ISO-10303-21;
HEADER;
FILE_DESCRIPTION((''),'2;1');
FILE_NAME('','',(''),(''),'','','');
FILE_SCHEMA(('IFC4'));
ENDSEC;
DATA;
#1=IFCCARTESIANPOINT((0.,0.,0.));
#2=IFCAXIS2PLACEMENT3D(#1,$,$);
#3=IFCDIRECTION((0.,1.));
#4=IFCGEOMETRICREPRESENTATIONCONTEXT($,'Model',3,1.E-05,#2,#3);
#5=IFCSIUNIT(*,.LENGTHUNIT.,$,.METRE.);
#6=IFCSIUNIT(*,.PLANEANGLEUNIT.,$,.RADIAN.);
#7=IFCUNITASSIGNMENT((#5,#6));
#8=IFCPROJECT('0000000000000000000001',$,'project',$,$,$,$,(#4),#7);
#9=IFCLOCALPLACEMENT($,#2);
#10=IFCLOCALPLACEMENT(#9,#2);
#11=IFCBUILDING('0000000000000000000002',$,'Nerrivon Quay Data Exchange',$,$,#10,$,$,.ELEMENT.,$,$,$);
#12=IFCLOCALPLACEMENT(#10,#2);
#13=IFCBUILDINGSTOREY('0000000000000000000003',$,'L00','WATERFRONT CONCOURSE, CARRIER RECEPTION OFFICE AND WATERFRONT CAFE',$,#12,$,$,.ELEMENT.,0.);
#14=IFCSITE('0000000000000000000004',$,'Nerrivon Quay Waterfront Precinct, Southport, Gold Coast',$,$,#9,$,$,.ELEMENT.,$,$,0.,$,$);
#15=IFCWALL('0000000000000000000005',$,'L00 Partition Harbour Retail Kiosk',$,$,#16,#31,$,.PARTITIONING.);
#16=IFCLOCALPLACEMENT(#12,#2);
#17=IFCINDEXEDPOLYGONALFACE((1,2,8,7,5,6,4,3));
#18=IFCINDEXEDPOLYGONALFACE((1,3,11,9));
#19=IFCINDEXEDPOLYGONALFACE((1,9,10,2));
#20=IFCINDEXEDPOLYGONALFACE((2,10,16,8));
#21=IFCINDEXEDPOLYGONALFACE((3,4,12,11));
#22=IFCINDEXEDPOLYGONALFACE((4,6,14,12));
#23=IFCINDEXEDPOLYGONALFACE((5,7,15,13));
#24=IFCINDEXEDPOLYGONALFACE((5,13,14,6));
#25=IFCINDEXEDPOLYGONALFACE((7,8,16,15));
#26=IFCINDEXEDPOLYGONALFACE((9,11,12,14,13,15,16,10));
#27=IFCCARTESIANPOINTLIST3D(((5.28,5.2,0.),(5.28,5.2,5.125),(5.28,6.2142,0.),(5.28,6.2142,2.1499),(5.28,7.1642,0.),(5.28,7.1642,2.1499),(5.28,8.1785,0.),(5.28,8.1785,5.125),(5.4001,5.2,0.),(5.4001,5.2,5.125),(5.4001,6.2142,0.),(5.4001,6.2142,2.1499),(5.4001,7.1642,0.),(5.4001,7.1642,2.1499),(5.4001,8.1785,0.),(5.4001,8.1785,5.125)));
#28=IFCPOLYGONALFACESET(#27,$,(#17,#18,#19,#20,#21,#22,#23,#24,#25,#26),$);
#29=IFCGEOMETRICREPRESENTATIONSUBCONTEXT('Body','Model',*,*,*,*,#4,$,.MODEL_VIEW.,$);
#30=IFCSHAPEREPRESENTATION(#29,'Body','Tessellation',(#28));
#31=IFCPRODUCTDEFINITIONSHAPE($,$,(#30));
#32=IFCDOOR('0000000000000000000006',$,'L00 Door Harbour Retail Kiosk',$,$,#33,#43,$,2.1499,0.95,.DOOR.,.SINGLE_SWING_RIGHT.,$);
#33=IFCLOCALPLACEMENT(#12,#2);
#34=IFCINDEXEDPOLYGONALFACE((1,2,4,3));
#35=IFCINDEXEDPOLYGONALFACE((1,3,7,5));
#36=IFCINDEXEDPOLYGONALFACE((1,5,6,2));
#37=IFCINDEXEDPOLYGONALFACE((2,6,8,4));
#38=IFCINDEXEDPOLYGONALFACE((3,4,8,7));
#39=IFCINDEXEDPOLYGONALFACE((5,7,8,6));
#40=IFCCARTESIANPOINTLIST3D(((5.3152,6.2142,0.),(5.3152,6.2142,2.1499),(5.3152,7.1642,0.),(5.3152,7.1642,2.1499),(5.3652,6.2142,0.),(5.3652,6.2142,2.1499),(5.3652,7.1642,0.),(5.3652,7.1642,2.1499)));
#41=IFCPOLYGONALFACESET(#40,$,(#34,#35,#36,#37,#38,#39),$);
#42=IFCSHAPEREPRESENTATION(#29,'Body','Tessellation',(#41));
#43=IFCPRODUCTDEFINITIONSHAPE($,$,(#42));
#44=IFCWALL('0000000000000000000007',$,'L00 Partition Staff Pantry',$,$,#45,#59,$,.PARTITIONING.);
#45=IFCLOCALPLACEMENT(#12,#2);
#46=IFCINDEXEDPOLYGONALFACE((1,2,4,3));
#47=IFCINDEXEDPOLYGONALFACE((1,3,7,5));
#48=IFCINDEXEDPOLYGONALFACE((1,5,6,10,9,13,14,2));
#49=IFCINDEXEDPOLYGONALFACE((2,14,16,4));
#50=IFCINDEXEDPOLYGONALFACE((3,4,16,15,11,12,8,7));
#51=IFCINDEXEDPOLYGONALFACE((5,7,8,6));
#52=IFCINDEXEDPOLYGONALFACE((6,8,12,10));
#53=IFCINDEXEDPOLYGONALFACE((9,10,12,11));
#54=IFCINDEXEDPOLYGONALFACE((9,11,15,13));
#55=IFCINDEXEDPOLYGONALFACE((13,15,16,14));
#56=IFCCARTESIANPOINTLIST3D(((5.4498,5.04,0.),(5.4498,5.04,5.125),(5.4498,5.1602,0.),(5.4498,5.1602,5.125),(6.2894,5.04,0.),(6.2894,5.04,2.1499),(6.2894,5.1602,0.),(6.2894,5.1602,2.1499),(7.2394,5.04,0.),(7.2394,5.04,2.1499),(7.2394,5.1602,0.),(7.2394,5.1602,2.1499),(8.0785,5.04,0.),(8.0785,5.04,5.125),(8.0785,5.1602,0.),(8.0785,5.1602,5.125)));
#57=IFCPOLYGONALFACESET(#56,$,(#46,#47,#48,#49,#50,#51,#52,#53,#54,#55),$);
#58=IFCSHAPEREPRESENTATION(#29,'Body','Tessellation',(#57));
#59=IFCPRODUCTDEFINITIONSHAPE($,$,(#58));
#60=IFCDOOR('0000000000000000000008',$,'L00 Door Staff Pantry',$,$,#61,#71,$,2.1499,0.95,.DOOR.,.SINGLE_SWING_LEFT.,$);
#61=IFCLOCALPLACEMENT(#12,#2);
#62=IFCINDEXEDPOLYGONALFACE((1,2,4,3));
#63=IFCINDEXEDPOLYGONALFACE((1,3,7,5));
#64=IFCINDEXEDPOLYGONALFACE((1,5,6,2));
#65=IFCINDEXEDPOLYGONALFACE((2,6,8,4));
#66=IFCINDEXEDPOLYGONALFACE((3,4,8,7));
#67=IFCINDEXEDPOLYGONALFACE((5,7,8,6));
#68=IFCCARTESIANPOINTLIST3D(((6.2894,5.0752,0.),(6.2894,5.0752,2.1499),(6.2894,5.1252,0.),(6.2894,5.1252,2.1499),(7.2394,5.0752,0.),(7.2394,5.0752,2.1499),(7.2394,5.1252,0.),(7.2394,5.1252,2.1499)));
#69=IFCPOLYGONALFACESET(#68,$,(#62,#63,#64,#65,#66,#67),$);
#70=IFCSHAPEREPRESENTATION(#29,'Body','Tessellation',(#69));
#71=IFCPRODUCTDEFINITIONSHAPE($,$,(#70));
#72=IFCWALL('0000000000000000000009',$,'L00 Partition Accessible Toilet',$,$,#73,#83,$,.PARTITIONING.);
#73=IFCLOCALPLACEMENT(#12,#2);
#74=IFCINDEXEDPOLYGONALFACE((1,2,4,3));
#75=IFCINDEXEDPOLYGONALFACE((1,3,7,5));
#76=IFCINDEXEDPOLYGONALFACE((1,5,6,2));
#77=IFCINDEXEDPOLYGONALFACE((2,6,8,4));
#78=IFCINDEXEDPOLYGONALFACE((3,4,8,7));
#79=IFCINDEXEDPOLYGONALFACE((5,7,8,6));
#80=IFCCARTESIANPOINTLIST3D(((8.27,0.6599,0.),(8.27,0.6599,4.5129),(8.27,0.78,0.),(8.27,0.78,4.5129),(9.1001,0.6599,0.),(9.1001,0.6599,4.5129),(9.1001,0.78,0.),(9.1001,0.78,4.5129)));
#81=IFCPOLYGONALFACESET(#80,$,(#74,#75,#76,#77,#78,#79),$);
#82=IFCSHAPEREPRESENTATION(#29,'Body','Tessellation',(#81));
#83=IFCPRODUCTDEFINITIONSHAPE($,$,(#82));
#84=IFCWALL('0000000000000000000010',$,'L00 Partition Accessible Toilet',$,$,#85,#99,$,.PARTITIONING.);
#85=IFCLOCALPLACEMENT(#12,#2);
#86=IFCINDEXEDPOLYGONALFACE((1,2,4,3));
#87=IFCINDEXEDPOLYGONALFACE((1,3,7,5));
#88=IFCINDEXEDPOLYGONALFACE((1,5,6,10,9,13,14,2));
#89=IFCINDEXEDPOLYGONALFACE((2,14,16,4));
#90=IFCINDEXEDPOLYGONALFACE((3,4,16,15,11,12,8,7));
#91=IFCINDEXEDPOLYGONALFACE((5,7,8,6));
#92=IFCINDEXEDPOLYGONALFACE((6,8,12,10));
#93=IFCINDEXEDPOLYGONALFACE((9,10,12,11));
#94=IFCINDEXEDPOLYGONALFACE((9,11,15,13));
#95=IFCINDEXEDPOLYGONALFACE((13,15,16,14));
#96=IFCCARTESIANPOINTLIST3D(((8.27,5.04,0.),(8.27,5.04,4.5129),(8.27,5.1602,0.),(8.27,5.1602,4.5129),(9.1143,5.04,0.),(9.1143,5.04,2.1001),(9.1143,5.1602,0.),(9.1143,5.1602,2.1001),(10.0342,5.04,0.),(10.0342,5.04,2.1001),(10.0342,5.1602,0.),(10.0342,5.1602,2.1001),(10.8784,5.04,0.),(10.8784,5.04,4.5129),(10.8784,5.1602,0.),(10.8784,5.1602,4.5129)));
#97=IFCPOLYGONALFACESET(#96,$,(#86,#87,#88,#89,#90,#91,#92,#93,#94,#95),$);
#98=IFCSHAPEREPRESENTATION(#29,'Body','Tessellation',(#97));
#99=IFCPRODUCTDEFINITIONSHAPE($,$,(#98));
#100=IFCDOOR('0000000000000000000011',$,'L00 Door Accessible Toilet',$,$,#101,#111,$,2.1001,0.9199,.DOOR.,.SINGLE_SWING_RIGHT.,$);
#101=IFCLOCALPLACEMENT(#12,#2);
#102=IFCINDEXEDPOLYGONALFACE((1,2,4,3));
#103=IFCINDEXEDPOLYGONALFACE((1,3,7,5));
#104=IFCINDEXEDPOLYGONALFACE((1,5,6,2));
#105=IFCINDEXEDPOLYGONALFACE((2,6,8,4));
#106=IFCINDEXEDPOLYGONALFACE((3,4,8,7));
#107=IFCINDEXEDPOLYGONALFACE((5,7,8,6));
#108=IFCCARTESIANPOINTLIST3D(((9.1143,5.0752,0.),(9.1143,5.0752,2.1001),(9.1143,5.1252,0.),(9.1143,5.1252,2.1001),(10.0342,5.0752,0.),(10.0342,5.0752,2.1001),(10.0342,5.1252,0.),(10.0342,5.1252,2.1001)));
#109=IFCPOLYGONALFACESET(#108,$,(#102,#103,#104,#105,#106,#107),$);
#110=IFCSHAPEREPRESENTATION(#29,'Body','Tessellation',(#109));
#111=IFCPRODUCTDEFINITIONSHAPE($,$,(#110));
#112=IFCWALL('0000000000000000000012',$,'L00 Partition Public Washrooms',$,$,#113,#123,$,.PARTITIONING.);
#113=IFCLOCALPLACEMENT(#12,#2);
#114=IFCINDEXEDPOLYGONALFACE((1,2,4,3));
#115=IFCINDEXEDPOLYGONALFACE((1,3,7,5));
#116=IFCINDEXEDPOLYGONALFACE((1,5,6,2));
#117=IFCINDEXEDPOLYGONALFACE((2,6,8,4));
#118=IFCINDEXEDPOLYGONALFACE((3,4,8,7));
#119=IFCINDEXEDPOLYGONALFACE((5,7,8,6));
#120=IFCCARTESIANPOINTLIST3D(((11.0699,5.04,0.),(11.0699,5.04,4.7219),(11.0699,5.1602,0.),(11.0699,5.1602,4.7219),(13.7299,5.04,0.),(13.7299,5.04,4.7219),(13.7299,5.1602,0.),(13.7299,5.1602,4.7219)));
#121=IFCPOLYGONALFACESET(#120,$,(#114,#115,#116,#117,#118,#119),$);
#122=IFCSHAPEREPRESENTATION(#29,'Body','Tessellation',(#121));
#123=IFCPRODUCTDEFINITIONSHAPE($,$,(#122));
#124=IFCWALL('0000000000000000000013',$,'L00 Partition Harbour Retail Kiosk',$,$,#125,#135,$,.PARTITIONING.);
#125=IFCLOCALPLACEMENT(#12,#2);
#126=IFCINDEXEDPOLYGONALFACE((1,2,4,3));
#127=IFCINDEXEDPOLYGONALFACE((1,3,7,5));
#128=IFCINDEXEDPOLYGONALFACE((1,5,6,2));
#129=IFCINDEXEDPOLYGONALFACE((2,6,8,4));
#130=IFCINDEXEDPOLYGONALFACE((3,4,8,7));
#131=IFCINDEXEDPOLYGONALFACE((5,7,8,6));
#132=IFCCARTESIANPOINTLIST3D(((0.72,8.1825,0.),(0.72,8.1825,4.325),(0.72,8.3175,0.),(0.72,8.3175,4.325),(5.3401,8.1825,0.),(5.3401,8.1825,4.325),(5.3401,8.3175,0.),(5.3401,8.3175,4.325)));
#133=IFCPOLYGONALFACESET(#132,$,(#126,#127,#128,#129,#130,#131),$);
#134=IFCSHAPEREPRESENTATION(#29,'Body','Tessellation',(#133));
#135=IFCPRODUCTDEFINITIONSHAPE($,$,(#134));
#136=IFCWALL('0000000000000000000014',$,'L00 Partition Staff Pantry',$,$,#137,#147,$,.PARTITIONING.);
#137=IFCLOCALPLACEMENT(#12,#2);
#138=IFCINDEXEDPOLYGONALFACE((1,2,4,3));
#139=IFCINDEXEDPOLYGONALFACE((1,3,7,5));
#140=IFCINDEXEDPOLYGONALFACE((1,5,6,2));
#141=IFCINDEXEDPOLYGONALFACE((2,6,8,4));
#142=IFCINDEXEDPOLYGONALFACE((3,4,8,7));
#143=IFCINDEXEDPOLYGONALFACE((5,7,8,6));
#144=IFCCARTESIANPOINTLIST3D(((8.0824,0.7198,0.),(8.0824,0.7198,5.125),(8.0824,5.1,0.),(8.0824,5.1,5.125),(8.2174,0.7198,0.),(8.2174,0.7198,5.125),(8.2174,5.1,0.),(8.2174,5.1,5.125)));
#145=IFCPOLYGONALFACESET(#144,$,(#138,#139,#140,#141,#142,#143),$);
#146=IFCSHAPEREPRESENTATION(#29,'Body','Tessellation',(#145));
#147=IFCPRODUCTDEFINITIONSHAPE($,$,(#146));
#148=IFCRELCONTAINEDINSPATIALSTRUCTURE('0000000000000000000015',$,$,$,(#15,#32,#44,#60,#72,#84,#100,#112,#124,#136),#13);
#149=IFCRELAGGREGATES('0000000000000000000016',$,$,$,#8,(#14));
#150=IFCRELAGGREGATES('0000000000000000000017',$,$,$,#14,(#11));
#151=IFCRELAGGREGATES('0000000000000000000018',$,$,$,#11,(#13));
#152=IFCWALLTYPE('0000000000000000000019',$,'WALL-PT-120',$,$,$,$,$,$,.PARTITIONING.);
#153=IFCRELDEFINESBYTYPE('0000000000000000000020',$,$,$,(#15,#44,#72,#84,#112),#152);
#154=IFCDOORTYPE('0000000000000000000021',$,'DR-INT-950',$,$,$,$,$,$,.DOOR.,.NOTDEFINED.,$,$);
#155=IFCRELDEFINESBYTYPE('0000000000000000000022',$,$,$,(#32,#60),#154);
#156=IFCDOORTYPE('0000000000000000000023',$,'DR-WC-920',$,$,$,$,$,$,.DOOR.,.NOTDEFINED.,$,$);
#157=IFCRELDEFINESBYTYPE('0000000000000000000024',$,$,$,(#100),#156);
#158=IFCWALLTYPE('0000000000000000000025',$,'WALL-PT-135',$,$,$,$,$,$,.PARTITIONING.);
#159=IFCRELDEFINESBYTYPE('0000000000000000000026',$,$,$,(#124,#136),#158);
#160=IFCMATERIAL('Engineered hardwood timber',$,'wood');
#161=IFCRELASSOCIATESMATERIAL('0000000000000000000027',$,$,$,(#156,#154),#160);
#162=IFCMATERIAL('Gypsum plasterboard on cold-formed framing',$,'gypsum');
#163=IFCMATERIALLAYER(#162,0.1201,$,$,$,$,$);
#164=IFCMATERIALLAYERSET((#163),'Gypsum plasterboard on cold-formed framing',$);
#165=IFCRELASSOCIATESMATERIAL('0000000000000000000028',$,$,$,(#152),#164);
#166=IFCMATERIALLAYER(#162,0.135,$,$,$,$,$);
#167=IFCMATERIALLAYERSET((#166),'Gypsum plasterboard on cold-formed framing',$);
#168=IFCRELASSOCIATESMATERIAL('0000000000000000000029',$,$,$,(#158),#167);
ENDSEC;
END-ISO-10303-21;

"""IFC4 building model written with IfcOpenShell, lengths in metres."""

from ifc_helpers import new_model, si_unit, direction, frame, frame_2d, origin, place, context, subcontext, project, spatial, rectangle, extrude, material, layer, layer_set, type_object, element, fill, save


model = new_model("IFC4")

# Units and contexts
model_context = context("Model", 3, precision=1e-05, world=origin(), true_north=direction((0.0, 1.0)))
body_context = subcontext(model_context, "Body", "Model", "MODEL_VIEW")
ifc_project = project(units=[si_unit("LENGTHUNIT", "METRE"), si_unit("PLANEANGLEUNIT", "RADIAN")], contexts=[model_context])

# Site, building, storey
site_placement = place(None, origin())
site = spatial("IfcSite", under=ifc_project, at=site_placement, Name="Nerrivon Quay Waterfront Precinct, Southport, Gold Coast", CompositionType="ELEMENT", RefElevation=0.0)
building_placement = place(site_placement, origin())
building = spatial("IfcBuilding", under=site, at=building_placement, Name="Nerrivon Quay Data Exchange", CompositionType="ELEMENT")
storey_placement = place(building_placement, origin())
storey = spatial("IfcBuildingStorey", under=building, at=storey_placement, Name="L00", Description="WATERFRONT CONCOURSE, CARRIER RECEPTION OFFICE AND WATERFRONT CAFE", CompositionType="ELEMENT", Elevation=0.0)

# Shared definitions
ifc_material_1 = material(Name="Gypsum plasterboard on cold-formed framing", Category="gypsum")

# Shared definitions
ifc_material_2 = material(Name="Engineered hardwood timber", Category="wood")
door_type_1 = type_object("IfcDoorType", Name="DR-WC-920", OperationType="NOTDEFINED", PredefinedType="DOOR", material=ifc_material_2)

# Shared definitions
ifc_layer_1 = layer(ifc_material_1, 0.1201)
ifc_layer_set_1 = layer_set([ifc_layer_1], Name="Gypsum plasterboard on cold-formed framing")
wall_type_1 = type_object("IfcWallType", Name="WALL-PT-120", PredefinedType="PARTITIONING", material=ifc_layer_set_1)

# Walls, openings, doors
wall_1_placement = place(storey_placement, frame((5.3401, 5.2, 0.0), z_axis=(0.0, 0.0, 1.0), x_axis=(0.0, 1.0, 0.0)))
wall_1 = element("IfcWall", 1, at=wall_1_placement, inside=storey, type_object=wall_type_1, Name="L00 Partition Harbour Retail Kiosk", PredefinedType="PARTITIONING", context=body_context, shape_type="SweptSolid", body=[
    extrude(rectangle(XDim=2.9785, YDim=0.1201, at=frame_2d((1.4893, 0.0))), origin(), (0.0, 0.0, 1.0), 5.125),
])
opening_1_placement = place(wall_1_placement, frame((1.0142, 0.0, 0.0)))
opening_1 = element("IfcOpeningElement", 2, at=opening_1_placement, cuts=wall_1, PredefinedType="OPENING", context=body_context, shape_type="SweptSolid", body=[
    extrude(rectangle(XDim=0.95, YDim=2.1499, at=frame_2d((0.4751, 1.075))), frame((0.0, 0.0701, 0.0), z_axis=(0.0, -1.0, 0.0), x_axis=(1.0, 0.0, 0.0)), (0.0, 0.0, 1.0), 0.1401),
])
door_type_2 = type_object("IfcDoorType", Name="DR-INT-950", OperationType="NOTDEFINED", PredefinedType="DOOR", material=ifc_material_2)
door_1_placement = place(opening_1_placement, origin())
door_1 = element("IfcDoor", 3, at=door_1_placement, inside=storey, type_object=door_type_2, Name="L00 Door Harbour Retail Kiosk", OperationType="SINGLE_SWING_RIGHT", OverallHeight=2.1499, OverallWidth=0.95, PredefinedType="DOOR", context=body_context, shape_type="SweptSolid", body=[
    extrude(rectangle(XDim=0.95, YDim=2.1499, at=frame_2d((0.4751, 1.075))), frame((0.0, 0.0249, 0.0), z_axis=(0.0, -1.0, 0.0), x_axis=(1.0, 0.0, 0.0)), (0.0, 0.0, 1.0), 0.05),
])
fill(opening_1, door_1)
wall_2_placement = place(storey_placement, frame((8.0786, 5.1001, 0.0), z_axis=(0.0, 0.0, 1.0), x_axis=(-1.0, 0.0, 0.0)))
wall_2 = element("IfcWall", 4, at=wall_2_placement, inside=storey, type_object=wall_type_1, Name="L00 Partition Staff Pantry", PredefinedType="PARTITIONING", context=body_context, shape_type="SweptSolid", body=[
    extrude(rectangle(XDim=2.6287, YDim=0.1201, at=frame_2d((1.3145, 0.0))), origin(), (0.0, 0.0, 1.0), 5.125),
])
opening_2_placement = place(wall_2_placement, frame((0.8391, 0.0, 0.0)))
opening_2 = element("IfcOpeningElement", 5, at=opening_2_placement, cuts=wall_2, PredefinedType="OPENING", context=body_context, shape_type="SweptSolid", body=[
    extrude(rectangle(XDim=0.95, YDim=2.1499, at=frame_2d((0.4751, 1.075))), frame((0.0, 0.0701, 0.0), z_axis=(0.0, -1.0, 0.0), x_axis=(1.0, 0.0, 0.0)), (0.0, 0.0, 1.0), 0.1401),
])
door_2_placement = place(opening_2_placement, origin())
door_2 = element("IfcDoor", 6, at=door_2_placement, inside=storey, type_object=door_type_2, Name="L00 Door Staff Pantry", OperationType="SINGLE_SWING_LEFT", OverallHeight=2.1499, OverallWidth=0.95, PredefinedType="DOOR", context=body_context, shape_type="SweptSolid", body=[
    extrude(rectangle(XDim=0.95, YDim=2.1499, at=frame_2d((0.4751, 1.075))), frame((0.0, 0.0249, 0.0), z_axis=(0.0, -1.0, 0.0), x_axis=(1.0, 0.0, 0.0)), (0.0, 0.0, 1.0), 0.05),
])
fill(opening_2, door_2)

# Wall
wall_3_placement = place(storey_placement, frame((8.27, 0.72, 0.0), z_axis=(0.0, 0.0, 1.0), x_axis=(1.0, 0.0, 0.0)))
element("IfcWall", 7, at=wall_3_placement, inside=storey, type_object=wall_type_1, Name="L00 Partition Accessible Toilet", PredefinedType="PARTITIONING", context=body_context, shape_type="SweptSolid", body=[
    extrude(rectangle(XDim=0.8301, YDim=0.1201, at=frame_2d((0.415, 0.0))), origin(), (0.0, 0.0, 1.0), 4.5129),
])

# Wall, opening, door
wall_4_placement = place(storey_placement, frame((10.8784, 5.1001, 0.0), z_axis=(0.0, 0.0, 1.0), x_axis=(-1.0, 0.0, 0.0)))
wall_4 = element("IfcWall", 8, at=wall_4_placement, inside=storey, type_object=wall_type_1, Name="L00 Partition Accessible Toilet", PredefinedType="PARTITIONING", context=body_context, shape_type="SweptSolid", body=[
    extrude(rectangle(XDim=2.6084, YDim=0.1201, at=frame_2d((1.3042, 0.0))), origin(), (0.0, 0.0, 1.0), 4.5129),
])
opening_3_placement = place(wall_4_placement, frame((0.8442, 0.0, 0.0)))
opening_3 = element("IfcOpeningElement", 9, at=opening_3_placement, cuts=wall_4, PredefinedType="OPENING", context=body_context, shape_type="SweptSolid", body=[
    extrude(rectangle(XDim=0.9199, YDim=2.1001, at=frame_2d((0.46, 1.05))), frame((0.0, 0.0701, 0.0), z_axis=(0.0, -1.0, 0.0), x_axis=(1.0, 0.0, 0.0)), (0.0, 0.0, 1.0), 0.1401),
])
door_3_placement = place(opening_3_placement, origin())
door_3 = element("IfcDoor", 10, at=door_3_placement, inside=storey, type_object=door_type_1, Name="L00 Door Accessible Toilet", OperationType="SINGLE_SWING_RIGHT", OverallHeight=2.1001, OverallWidth=0.9199, PredefinedType="DOOR", context=body_context, shape_type="SweptSolid", body=[
    extrude(rectangle(XDim=0.9199, YDim=2.1001, at=frame_2d((0.46, 1.05))), frame((0.0, 0.0249, 0.0), z_axis=(0.0, -1.0, 0.0), x_axis=(1.0, 0.0, 0.0)), (0.0, 0.0, 1.0), 0.05),
])
fill(opening_3, door_3)

# Walls
wall_5_placement = place(storey_placement, frame((13.73, 5.1001, 0.0), z_axis=(0.0, 0.0, 1.0), x_axis=(-1.0, 0.0, 0.0)))
element("IfcWall", 11, at=wall_5_placement, inside=storey, type_object=wall_type_1, Name="L00 Partition Public Washrooms", PredefinedType="PARTITIONING", context=body_context, shape_type="SweptSolid", body=[
    extrude(rectangle(XDim=2.6599, YDim=0.1201, at=frame_2d((1.3301, 0.0))), origin(), (0.0, 0.0, 1.0), 4.7219),
])
ifc_layer_2 = layer(ifc_material_1, 0.135)
ifc_layer_set_2 = layer_set([ifc_layer_2], Name="Gypsum plasterboard on cold-formed framing")
wall_type_2 = type_object("IfcWallType", Name="WALL-PT-135", PredefinedType="PARTITIONING", material=ifc_layer_set_2)
wall_6_placement = place(storey_placement, frame((5.3401, 8.25, 0.0), z_axis=(0.0, 0.0, 1.0), x_axis=(-1.0, 0.0, 0.0)))
element("IfcWall", 12, at=wall_6_placement, inside=storey, type_object=wall_type_2, Name="L00 Partition Harbour Retail Kiosk", PredefinedType="PARTITIONING", context=body_context, shape_type="SweptSolid", body=[
    extrude(rectangle(XDim=4.6201, YDim=0.135, at=frame_2d((2.3101, 0.0))), origin(), (0.0, 0.0, 1.0), 4.325),
])
wall_7_placement = place(storey_placement, frame((8.1499, 0.72, 0.0), z_axis=(0.0, 0.0, 1.0), x_axis=(0.0, 1.0, 0.0)))
element("IfcWall", 13, at=wall_7_placement, inside=storey, type_object=wall_type_2, Name="L00 Partition Staff Pantry", PredefinedType="PARTITIONING", context=body_context, shape_type="SweptSolid", body=[
    extrude(rectangle(XDim=4.3801, YDim=0.135, at=frame_2d((2.1899, 0.0))), origin(), (0.0, 0.0, 1.0), 5.125),
])

save(model, "model.ifc")
